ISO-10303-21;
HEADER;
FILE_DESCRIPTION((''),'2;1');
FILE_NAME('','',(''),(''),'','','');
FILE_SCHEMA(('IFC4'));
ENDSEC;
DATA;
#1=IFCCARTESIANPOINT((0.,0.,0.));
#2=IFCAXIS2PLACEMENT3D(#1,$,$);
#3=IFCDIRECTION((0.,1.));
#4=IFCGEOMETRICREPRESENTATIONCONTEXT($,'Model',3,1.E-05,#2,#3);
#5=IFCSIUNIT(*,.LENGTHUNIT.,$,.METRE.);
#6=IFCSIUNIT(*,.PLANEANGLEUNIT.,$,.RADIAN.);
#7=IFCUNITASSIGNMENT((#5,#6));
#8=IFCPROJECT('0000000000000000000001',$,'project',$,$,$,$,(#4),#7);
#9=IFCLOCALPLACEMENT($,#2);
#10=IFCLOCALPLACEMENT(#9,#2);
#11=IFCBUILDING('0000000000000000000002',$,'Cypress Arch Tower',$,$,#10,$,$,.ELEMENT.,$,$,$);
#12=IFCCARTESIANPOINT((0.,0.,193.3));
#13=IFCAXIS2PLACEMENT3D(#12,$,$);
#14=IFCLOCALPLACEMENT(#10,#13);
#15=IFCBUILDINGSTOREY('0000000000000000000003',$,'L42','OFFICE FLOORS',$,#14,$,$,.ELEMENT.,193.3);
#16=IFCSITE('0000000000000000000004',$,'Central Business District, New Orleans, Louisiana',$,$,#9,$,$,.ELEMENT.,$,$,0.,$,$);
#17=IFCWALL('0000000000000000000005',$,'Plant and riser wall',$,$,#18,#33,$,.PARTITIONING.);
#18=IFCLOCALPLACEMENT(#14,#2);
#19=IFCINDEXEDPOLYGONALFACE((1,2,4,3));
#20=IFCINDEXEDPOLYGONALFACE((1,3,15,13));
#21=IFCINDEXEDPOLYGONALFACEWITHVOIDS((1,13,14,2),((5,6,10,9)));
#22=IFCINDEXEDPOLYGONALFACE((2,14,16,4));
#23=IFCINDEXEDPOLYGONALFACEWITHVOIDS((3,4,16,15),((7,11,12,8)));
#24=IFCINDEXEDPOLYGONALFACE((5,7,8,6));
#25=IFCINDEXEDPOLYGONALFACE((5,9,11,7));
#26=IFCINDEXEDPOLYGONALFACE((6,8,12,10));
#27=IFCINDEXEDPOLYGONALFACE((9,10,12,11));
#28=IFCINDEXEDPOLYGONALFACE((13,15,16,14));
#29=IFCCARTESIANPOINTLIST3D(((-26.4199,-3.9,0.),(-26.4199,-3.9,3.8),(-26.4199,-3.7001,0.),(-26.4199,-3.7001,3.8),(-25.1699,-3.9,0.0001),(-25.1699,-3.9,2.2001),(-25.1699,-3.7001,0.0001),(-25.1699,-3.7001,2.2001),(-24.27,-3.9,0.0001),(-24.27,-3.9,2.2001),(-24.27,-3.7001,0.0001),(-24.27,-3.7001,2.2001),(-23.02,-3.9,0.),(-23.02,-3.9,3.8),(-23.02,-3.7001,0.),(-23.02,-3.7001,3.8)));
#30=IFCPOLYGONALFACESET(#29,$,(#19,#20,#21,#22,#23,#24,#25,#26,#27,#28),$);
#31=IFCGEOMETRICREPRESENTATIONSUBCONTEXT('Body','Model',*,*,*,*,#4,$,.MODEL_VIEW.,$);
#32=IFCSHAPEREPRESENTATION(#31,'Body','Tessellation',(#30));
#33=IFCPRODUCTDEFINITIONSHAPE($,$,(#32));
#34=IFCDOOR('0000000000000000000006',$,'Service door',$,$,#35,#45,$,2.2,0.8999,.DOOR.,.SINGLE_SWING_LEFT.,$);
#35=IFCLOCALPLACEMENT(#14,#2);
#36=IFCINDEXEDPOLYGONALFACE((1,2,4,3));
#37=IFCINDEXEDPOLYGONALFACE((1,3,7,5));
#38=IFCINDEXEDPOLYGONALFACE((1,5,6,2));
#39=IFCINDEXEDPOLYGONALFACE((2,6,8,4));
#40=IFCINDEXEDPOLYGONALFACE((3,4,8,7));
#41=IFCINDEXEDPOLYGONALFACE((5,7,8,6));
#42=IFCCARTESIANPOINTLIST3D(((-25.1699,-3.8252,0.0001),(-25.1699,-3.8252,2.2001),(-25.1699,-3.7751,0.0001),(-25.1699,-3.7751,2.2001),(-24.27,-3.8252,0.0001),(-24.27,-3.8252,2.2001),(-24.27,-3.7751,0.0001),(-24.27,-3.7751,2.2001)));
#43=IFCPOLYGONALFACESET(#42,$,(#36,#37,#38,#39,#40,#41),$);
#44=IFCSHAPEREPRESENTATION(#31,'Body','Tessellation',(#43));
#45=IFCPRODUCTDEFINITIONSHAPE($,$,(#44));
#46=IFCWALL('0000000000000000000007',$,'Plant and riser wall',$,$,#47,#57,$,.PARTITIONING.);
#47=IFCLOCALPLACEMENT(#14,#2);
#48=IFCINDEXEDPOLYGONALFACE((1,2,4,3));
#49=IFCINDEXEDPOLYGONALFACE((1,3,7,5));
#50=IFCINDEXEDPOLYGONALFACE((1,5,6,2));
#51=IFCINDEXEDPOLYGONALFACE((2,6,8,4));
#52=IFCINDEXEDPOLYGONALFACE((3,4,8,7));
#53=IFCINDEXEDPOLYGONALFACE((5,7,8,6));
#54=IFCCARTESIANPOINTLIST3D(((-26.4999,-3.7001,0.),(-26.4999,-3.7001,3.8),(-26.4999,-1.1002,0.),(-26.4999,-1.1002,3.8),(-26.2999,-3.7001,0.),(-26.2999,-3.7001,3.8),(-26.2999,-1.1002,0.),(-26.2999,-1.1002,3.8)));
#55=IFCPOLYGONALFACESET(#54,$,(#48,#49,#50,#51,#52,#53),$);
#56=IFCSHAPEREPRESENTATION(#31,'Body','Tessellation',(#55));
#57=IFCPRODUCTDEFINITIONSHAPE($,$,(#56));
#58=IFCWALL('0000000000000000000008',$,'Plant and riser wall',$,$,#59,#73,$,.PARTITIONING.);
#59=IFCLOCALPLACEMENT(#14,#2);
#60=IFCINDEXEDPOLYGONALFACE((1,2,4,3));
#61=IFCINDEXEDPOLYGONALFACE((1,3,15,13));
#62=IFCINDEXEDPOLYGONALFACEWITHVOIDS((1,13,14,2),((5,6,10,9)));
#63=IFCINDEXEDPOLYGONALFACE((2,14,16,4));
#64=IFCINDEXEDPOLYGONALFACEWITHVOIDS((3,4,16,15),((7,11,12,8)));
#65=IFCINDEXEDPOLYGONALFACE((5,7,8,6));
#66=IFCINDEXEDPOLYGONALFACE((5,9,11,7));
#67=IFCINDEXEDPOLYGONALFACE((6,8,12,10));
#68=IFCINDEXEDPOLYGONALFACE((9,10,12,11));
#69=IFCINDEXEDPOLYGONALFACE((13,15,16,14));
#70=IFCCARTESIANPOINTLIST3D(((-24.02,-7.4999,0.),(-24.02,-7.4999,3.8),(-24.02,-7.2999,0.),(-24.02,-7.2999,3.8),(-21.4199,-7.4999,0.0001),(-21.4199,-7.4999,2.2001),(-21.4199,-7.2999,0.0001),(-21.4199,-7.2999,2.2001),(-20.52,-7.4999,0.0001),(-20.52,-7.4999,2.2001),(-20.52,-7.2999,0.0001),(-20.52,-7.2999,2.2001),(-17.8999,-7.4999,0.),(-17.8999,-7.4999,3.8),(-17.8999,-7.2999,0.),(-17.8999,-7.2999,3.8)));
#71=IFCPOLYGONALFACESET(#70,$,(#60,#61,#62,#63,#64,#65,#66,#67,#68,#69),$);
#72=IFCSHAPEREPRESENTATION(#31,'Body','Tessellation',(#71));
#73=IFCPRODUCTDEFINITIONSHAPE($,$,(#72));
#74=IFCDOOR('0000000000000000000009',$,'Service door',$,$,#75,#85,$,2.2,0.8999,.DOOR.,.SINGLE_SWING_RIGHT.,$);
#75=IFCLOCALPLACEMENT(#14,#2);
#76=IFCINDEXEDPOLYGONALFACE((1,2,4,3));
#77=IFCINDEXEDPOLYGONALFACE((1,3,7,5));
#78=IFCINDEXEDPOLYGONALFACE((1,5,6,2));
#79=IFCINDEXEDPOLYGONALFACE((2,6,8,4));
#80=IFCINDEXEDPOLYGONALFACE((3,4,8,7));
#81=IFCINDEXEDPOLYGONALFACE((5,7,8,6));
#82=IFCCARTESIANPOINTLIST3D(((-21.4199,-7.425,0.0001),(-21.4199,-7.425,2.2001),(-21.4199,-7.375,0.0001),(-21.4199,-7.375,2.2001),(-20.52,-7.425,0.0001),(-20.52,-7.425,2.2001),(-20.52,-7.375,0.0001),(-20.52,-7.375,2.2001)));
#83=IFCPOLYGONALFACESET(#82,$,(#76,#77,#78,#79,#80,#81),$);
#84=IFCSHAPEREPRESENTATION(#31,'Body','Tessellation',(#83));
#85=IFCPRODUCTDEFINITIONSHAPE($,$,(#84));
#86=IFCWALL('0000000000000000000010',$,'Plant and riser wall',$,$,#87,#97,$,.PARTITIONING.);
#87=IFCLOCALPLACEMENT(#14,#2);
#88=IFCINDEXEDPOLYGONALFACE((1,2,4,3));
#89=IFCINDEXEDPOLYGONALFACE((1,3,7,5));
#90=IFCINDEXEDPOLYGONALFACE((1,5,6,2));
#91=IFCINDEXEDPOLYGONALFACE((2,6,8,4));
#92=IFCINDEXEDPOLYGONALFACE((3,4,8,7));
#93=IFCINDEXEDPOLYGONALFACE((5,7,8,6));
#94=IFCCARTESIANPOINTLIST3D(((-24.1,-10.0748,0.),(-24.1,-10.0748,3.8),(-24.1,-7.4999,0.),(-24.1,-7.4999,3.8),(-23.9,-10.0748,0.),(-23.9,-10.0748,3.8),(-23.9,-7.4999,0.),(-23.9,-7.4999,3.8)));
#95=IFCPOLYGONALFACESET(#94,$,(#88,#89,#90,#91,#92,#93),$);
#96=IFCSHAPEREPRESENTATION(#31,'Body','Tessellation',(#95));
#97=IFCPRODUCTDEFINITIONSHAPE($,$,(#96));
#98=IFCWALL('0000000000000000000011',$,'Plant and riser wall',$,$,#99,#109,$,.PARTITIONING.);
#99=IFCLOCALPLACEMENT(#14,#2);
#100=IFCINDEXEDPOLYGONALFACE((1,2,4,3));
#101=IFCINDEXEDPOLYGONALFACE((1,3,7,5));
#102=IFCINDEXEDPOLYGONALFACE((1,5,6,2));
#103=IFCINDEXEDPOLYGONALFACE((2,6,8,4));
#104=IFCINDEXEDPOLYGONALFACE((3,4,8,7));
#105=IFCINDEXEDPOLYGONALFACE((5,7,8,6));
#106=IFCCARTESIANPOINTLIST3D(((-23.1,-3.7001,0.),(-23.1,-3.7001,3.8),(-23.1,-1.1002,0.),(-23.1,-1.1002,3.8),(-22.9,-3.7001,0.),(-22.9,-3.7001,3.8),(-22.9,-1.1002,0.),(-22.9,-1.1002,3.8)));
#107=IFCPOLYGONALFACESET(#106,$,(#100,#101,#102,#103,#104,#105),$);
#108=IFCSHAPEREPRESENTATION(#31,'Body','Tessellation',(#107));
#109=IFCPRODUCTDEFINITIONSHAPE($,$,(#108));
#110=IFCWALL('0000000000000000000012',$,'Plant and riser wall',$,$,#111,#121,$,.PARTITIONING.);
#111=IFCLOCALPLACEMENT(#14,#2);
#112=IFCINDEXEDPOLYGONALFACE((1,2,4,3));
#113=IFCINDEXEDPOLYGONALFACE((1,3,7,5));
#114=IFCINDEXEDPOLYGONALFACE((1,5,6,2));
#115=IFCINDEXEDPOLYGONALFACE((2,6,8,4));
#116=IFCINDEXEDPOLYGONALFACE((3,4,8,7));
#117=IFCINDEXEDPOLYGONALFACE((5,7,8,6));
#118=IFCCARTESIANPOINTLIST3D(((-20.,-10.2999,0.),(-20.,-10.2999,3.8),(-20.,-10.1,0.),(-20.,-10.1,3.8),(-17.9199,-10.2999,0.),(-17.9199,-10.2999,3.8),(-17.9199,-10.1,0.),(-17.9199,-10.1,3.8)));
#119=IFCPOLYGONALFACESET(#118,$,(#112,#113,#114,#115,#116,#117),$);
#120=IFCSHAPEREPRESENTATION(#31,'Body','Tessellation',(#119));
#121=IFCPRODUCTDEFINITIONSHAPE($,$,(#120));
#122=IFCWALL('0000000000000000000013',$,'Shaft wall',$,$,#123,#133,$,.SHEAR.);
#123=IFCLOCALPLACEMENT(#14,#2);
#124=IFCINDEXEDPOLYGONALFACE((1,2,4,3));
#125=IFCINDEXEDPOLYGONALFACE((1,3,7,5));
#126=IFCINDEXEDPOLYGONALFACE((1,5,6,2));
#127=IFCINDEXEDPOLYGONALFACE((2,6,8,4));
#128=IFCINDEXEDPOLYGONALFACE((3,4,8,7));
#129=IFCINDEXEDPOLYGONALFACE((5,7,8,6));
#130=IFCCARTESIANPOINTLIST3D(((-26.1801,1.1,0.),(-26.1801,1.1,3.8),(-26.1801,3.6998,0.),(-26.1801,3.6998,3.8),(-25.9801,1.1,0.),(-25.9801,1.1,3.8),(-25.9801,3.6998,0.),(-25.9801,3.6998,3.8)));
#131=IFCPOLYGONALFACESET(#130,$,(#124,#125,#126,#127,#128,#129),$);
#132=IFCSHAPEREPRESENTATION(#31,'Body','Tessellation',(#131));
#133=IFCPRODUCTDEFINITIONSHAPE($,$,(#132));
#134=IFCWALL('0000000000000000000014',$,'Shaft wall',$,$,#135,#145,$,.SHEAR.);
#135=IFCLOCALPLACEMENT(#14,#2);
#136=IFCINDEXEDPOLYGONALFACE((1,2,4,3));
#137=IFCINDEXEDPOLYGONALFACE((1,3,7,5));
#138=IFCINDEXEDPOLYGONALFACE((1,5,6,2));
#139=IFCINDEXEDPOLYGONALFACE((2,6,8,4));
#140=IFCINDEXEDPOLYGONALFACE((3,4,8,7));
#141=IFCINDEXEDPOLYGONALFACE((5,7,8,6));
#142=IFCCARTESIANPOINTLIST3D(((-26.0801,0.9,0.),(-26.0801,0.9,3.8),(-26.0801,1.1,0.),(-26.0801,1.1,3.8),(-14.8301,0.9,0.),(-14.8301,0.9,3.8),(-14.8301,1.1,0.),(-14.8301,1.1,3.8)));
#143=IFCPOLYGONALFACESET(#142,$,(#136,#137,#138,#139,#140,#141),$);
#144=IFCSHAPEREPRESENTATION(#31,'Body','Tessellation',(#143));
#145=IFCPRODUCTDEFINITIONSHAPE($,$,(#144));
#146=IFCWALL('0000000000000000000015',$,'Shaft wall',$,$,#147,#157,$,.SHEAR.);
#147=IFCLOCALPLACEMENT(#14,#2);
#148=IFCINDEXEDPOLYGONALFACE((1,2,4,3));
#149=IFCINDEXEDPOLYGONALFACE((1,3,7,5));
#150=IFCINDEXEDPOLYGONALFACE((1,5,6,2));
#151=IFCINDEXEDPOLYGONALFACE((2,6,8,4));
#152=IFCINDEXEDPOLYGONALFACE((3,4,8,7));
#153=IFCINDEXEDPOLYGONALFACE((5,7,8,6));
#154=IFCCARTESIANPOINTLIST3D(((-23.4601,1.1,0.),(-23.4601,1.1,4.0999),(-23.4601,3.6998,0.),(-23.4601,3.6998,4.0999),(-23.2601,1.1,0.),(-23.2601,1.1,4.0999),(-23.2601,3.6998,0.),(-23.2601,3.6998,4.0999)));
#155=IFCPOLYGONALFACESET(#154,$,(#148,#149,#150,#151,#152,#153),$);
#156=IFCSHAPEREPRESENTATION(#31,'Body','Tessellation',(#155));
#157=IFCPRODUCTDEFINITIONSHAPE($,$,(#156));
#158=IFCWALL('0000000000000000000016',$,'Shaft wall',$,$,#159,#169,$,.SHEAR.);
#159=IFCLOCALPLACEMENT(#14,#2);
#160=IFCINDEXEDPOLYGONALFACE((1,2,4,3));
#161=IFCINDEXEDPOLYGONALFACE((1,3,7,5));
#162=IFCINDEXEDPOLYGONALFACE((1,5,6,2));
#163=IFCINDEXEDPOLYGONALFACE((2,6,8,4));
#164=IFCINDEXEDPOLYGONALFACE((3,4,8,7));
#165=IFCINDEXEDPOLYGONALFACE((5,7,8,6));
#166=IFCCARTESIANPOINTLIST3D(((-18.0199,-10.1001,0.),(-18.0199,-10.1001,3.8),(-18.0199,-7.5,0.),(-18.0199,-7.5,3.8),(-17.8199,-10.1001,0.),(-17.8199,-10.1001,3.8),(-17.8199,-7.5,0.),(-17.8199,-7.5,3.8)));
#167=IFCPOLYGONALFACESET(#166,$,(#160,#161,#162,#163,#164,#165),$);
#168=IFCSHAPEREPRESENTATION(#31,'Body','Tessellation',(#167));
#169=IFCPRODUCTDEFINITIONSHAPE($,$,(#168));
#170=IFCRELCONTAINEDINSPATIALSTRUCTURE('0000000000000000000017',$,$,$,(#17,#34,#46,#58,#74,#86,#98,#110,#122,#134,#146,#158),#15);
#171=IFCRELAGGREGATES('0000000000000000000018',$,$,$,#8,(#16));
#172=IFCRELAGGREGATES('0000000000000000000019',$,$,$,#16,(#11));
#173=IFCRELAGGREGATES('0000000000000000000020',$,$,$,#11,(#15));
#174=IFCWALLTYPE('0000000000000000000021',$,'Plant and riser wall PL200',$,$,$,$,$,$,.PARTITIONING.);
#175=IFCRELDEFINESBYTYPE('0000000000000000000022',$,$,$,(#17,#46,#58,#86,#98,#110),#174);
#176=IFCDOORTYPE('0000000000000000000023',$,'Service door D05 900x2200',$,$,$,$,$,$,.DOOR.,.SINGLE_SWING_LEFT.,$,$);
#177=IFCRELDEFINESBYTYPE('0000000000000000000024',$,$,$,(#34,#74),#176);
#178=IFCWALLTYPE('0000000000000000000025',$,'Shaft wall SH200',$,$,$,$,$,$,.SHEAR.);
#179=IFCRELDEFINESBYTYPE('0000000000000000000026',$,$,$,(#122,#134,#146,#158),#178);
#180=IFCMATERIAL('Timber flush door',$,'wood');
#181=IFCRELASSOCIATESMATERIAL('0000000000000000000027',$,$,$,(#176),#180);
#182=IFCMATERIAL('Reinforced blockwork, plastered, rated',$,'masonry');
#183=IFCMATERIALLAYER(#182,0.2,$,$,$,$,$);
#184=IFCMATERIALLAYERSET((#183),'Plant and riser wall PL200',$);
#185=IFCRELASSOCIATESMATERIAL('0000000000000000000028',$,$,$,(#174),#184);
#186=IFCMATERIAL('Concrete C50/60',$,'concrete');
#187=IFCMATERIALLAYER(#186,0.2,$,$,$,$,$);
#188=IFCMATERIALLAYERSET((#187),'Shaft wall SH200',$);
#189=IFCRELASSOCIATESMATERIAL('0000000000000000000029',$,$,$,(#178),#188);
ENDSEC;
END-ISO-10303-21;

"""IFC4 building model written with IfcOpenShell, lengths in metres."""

from ifc_helpers import new_model, si_unit, direction, frame, frame_2d, origin, place, context, subcontext, project, spatial, rectangle, extrude, material, layer, layer_set, type_object, element, fill, save


model = new_model("IFC4")

# Units and contexts
model_context = context("Model", 3, precision=1e-05, world=origin(), true_north=direction((0.0, 1.0)))
body_context = subcontext(model_context, "Body", "Model", "MODEL_VIEW")
ifc_project = project(units=[si_unit("LENGTHUNIT", "METRE"), si_unit("PLANEANGLEUNIT", "RADIAN")], contexts=[model_context])

# Site, building, storey
site_placement = place(None, origin())
site = spatial("IfcSite", under=ifc_project, at=site_placement, Name="Central Business District, New Orleans, Louisiana", CompositionType="ELEMENT", RefElevation=0.0)
building_placement = place(site_placement, origin())
building = spatial("IfcBuilding", under=site, at=building_placement, Name="Cypress Arch Tower", CompositionType="ELEMENT")
storey_placement = place(building_placement, frame((0.0, 0.0, 193.3)))
storey = spatial("IfcBuildingStorey", under=building, at=storey_placement, Name="L42", Description="OFFICE FLOORS", CompositionType="ELEMENT", Elevation=193.3)

# Shared definitions
ifc_material_1 = material(Name="Timber flush door", Category="wood")
door_type_1 = type_object("IfcDoorType", Name="Service door D05 900x2200", OperationType="SINGLE_SWING_LEFT", PredefinedType="DOOR", material=ifc_material_1)

# Shared definitions
ifc_material_2 = material(Name="Reinforced blockwork, plastered, rated", Category="masonry")
ifc_layer_1 = layer(ifc_material_2, 0.2)
ifc_layer_set_1 = layer_set([ifc_layer_1], Name="Plant and riser wall PL200")
wall_type_1 = type_object("IfcWallType", Name="Plant and riser wall PL200", PredefinedType="PARTITIONING", material=ifc_layer_set_1)

# Wall, opening, door
wall_1_placement = place(storey_placement, frame((-26.4199, -3.8, 0.0), z_axis=(0.0, 0.0, 1.0), x_axis=(1.0, 0.0, 0.0)))
wall_1 = element("IfcWall", 1, at=wall_1_placement, inside=storey, type_object=wall_type_1, Name="Plant and riser wall", PredefinedType="PARTITIONING", context=body_context, shape_type="SweptSolid", body=[
    extrude(rectangle(XDim=3.3999, YDim=0.2, at=frame_2d((1.7, 0.0))), origin(), (0.0, 0.0, 1.0), 3.8),
])
opening_1_placement = place(wall_1_placement, frame((1.25, 0.0, 0.0)))
opening_1 = element("IfcOpeningElement", 2, at=opening_1_placement, cuts=wall_1, PredefinedType="OPENING", context=body_context, shape_type="SweptSolid", body=[
    extrude(rectangle(XDim=0.8999, YDim=2.2, at=frame_2d((0.45, 1.1001))), frame((0.0, 0.1099, 0.0), z_axis=(0.0, -1.0, 0.0), x_axis=(1.0, 0.0, 0.0)), (0.0, 0.0, 1.0), 0.22),
])
door_1_placement = place(opening_1_placement, origin())
door_1 = element("IfcDoor", 3, at=door_1_placement, inside=storey, type_object=door_type_1, Name="Service door", OperationType="SINGLE_SWING_LEFT", OverallHeight=2.2, OverallWidth=0.8999, PredefinedType="DOOR", context=body_context, shape_type="SweptSolid", body=[
    extrude(rectangle(XDim=0.8999, YDim=2.2, at=frame_2d((0.45, 1.1001))), frame((0.0, 0.0249, 0.0), z_axis=(0.0, -1.0, 0.0), x_axis=(1.0, 0.0, 0.0)), (0.0, 0.0, 1.0), 0.05),
])
fill(opening_1, door_1)

# Wall
wall_2_placement = place(storey_placement, frame((-26.3999, -3.7, 0.0), z_axis=(0.0, 0.0, 1.0), x_axis=(0.0, 1.0, 0.0)))
element("IfcWall", 4, at=wall_2_placement, inside=storey, type_object=wall_type_1, Name="Plant and riser wall", PredefinedType="PARTITIONING", context=body_context, shape_type="SweptSolid", body=[
    extrude(rectangle(XDim=2.5999, YDim=0.2, at=frame_2d((1.2998, 0.0))), origin(), (0.0, 0.0, 1.0), 3.8),
])

# Wall, opening, door
wall_3_placement = place(storey_placement, frame((-24.02, -7.3999, 0.0), z_axis=(0.0, 0.0, 1.0), x_axis=(1.0, 0.0, 0.0)))
wall_3 = element("IfcWall", 5, at=wall_3_placement, inside=storey, type_object=wall_type_1, Name="Plant and riser wall", PredefinedType="PARTITIONING", context=body_context, shape_type="SweptSolid", body=[
    extrude(rectangle(XDim=6.1201, YDim=0.2, at=frame_2d((3.0601, 0.0))), origin(), (0.0, 0.0, 1.0), 3.8),
])
opening_2_placement = place(wall_3_placement, frame((2.6001, 0.0, 0.0)))
opening_2 = element("IfcOpeningElement", 6, at=opening_2_placement, cuts=wall_3, PredefinedType="OPENING", context=body_context, shape_type="SweptSolid", body=[
    extrude(rectangle(XDim=0.8999, YDim=2.2, at=frame_2d((0.45, 1.1001))), frame((0.0, 0.1099, 0.0), z_axis=(0.0, -1.0, 0.0), x_axis=(1.0, 0.0, 0.0)), (0.0, 0.0, 1.0), 0.22),
])
door_2_placement = place(opening_2_placement, origin())
door_2 = element("IfcDoor", 7, at=door_2_placement, inside=storey, type_object=door_type_1, Name="Service door", OperationType="SINGLE_SWING_RIGHT", OverallHeight=2.2, OverallWidth=0.8999, PredefinedType="DOOR", context=body_context, shape_type="SweptSolid", body=[
    extrude(rectangle(XDim=0.8999, YDim=2.2, at=frame_2d((0.45, 1.1001))), frame((0.0, 0.0249, 0.0), z_axis=(0.0, -1.0, 0.0), x_axis=(1.0, 0.0, 0.0)), (0.0, 0.0, 1.0), 0.05),
])
fill(opening_2, door_2)

# Walls
wall_4_placement = place(storey_placement, frame((-24.0, -10.075, 0.0), z_axis=(0.0, 0.0, 1.0), x_axis=(0.0, 1.0, 0.0)))
element("IfcWall", 8, at=wall_4_placement, inside=storey, type_object=wall_type_1, Name="Plant and riser wall", PredefinedType="PARTITIONING", context=body_context, shape_type="SweptSolid", body=[
    extrude(rectangle(XDim=2.575, YDim=0.2, at=frame_2d((1.2876, 0.0))), origin(), (0.0, 0.0, 1.0), 3.8),
])
wall_5_placement = place(storey_placement, frame((-23.0, -3.7, 0.0), z_axis=(0.0, 0.0, 1.0), x_axis=(0.0, 1.0, 0.0)))
element("IfcWall", 9, at=wall_5_placement, inside=storey, type_object=wall_type_1, Name="Plant and riser wall", PredefinedType="PARTITIONING", context=body_context, shape_type="SweptSolid", body=[
    extrude(rectangle(XDim=2.5999, YDim=0.2, at=frame_2d((1.2998, 0.0))), origin(), (0.0, 0.0, 1.0), 3.8),
])
wall_6_placement = place(storey_placement, frame((-20.0, -10.2, 0.0), z_axis=(0.0, 0.0, 1.0), x_axis=(1.0, 0.0, 0.0)))
element("IfcWall", 10, at=wall_6_placement, inside=storey, type_object=wall_type_1, Name="Plant and riser wall", PredefinedType="PARTITIONING", context=body_context, shape_type="SweptSolid", body=[
    extrude(rectangle(XDim=2.0801, YDim=0.2, at=frame_2d((1.04, 0.0))), origin(), (0.0, 0.0, 1.0), 3.8),
])
ifc_material_3 = material(Name="Concrete C50/60", Category="concrete")
ifc_layer_2 = layer(ifc_material_3, 0.2)
ifc_layer_set_2 = layer_set([ifc_layer_2], Name="Shaft wall SH200")
wall_type_2 = type_object("IfcWallType", Name="Shaft wall SH200", PredefinedType="SHEAR", material=ifc_layer_set_2)
wall_7_placement = place(storey_placement, frame((-26.0801, 1.1001, 0.0), z_axis=(0.0, 0.0, 1.0), x_axis=(0.0, 1.0, 0.0)))
element("IfcWall", 11, at=wall_7_placement, inside=storey, type_object=wall_type_2, Name="Shaft wall", PredefinedType="SHEAR", context=body_context, shape_type="SweptSolid", body=[
    extrude(rectangle(XDim=2.5999, YDim=0.2, at=frame_2d((1.2998, 0.0))), origin(), (0.0, 0.0, 1.0), 3.8),
])
wall_8_placement = place(storey_placement, frame((-26.0801, 1.0, 0.0), z_axis=(0.0, 0.0, 1.0), x_axis=(1.0, 0.0, 0.0)))
element("IfcWall", 12, at=wall_8_placement, inside=storey, type_object=wall_type_2, Name="Shaft wall", PredefinedType="SHEAR", context=body_context, shape_type="SweptSolid", body=[
    extrude(rectangle(XDim=11.25, YDim=0.2, at=frame_2d((5.625, 0.0))), origin(), (0.0, 0.0, 1.0), 3.8),
])
wall_9_placement = place(storey_placement, frame((-23.3601, 1.1001, 0.0), z_axis=(0.0, 0.0, 1.0), x_axis=(0.0, 1.0, 0.0)))
element("IfcWall", 13, at=wall_9_placement, inside=storey, type_object=wall_type_2, Name="Shaft wall", PredefinedType="SHEAR", context=body_context, shape_type="SweptSolid", body=[
    extrude(rectangle(XDim=2.5999, YDim=0.2, at=frame_2d((1.2998, 0.0))), origin(), (0.0, 0.0, 1.0), 4.0999),
])
wall_10_placement = place(storey_placement, frame((-17.9199, -10.1001, 0.0), z_axis=(0.0, 0.0, 1.0), x_axis=(0.0, 1.0, 0.0)))
element("IfcWall", 14, at=wall_10_placement, inside=storey, type_object=wall_type_2, Name="Shaft wall", PredefinedType="SHEAR", context=body_context, shape_type="SweptSolid", body=[
    extrude(rectangle(XDim=2.6001, YDim=0.2, at=frame_2d((1.3, 0.0))), origin(), (0.0, 0.0, 1.0), 3.8),
])

save(model, "model.ifc")
